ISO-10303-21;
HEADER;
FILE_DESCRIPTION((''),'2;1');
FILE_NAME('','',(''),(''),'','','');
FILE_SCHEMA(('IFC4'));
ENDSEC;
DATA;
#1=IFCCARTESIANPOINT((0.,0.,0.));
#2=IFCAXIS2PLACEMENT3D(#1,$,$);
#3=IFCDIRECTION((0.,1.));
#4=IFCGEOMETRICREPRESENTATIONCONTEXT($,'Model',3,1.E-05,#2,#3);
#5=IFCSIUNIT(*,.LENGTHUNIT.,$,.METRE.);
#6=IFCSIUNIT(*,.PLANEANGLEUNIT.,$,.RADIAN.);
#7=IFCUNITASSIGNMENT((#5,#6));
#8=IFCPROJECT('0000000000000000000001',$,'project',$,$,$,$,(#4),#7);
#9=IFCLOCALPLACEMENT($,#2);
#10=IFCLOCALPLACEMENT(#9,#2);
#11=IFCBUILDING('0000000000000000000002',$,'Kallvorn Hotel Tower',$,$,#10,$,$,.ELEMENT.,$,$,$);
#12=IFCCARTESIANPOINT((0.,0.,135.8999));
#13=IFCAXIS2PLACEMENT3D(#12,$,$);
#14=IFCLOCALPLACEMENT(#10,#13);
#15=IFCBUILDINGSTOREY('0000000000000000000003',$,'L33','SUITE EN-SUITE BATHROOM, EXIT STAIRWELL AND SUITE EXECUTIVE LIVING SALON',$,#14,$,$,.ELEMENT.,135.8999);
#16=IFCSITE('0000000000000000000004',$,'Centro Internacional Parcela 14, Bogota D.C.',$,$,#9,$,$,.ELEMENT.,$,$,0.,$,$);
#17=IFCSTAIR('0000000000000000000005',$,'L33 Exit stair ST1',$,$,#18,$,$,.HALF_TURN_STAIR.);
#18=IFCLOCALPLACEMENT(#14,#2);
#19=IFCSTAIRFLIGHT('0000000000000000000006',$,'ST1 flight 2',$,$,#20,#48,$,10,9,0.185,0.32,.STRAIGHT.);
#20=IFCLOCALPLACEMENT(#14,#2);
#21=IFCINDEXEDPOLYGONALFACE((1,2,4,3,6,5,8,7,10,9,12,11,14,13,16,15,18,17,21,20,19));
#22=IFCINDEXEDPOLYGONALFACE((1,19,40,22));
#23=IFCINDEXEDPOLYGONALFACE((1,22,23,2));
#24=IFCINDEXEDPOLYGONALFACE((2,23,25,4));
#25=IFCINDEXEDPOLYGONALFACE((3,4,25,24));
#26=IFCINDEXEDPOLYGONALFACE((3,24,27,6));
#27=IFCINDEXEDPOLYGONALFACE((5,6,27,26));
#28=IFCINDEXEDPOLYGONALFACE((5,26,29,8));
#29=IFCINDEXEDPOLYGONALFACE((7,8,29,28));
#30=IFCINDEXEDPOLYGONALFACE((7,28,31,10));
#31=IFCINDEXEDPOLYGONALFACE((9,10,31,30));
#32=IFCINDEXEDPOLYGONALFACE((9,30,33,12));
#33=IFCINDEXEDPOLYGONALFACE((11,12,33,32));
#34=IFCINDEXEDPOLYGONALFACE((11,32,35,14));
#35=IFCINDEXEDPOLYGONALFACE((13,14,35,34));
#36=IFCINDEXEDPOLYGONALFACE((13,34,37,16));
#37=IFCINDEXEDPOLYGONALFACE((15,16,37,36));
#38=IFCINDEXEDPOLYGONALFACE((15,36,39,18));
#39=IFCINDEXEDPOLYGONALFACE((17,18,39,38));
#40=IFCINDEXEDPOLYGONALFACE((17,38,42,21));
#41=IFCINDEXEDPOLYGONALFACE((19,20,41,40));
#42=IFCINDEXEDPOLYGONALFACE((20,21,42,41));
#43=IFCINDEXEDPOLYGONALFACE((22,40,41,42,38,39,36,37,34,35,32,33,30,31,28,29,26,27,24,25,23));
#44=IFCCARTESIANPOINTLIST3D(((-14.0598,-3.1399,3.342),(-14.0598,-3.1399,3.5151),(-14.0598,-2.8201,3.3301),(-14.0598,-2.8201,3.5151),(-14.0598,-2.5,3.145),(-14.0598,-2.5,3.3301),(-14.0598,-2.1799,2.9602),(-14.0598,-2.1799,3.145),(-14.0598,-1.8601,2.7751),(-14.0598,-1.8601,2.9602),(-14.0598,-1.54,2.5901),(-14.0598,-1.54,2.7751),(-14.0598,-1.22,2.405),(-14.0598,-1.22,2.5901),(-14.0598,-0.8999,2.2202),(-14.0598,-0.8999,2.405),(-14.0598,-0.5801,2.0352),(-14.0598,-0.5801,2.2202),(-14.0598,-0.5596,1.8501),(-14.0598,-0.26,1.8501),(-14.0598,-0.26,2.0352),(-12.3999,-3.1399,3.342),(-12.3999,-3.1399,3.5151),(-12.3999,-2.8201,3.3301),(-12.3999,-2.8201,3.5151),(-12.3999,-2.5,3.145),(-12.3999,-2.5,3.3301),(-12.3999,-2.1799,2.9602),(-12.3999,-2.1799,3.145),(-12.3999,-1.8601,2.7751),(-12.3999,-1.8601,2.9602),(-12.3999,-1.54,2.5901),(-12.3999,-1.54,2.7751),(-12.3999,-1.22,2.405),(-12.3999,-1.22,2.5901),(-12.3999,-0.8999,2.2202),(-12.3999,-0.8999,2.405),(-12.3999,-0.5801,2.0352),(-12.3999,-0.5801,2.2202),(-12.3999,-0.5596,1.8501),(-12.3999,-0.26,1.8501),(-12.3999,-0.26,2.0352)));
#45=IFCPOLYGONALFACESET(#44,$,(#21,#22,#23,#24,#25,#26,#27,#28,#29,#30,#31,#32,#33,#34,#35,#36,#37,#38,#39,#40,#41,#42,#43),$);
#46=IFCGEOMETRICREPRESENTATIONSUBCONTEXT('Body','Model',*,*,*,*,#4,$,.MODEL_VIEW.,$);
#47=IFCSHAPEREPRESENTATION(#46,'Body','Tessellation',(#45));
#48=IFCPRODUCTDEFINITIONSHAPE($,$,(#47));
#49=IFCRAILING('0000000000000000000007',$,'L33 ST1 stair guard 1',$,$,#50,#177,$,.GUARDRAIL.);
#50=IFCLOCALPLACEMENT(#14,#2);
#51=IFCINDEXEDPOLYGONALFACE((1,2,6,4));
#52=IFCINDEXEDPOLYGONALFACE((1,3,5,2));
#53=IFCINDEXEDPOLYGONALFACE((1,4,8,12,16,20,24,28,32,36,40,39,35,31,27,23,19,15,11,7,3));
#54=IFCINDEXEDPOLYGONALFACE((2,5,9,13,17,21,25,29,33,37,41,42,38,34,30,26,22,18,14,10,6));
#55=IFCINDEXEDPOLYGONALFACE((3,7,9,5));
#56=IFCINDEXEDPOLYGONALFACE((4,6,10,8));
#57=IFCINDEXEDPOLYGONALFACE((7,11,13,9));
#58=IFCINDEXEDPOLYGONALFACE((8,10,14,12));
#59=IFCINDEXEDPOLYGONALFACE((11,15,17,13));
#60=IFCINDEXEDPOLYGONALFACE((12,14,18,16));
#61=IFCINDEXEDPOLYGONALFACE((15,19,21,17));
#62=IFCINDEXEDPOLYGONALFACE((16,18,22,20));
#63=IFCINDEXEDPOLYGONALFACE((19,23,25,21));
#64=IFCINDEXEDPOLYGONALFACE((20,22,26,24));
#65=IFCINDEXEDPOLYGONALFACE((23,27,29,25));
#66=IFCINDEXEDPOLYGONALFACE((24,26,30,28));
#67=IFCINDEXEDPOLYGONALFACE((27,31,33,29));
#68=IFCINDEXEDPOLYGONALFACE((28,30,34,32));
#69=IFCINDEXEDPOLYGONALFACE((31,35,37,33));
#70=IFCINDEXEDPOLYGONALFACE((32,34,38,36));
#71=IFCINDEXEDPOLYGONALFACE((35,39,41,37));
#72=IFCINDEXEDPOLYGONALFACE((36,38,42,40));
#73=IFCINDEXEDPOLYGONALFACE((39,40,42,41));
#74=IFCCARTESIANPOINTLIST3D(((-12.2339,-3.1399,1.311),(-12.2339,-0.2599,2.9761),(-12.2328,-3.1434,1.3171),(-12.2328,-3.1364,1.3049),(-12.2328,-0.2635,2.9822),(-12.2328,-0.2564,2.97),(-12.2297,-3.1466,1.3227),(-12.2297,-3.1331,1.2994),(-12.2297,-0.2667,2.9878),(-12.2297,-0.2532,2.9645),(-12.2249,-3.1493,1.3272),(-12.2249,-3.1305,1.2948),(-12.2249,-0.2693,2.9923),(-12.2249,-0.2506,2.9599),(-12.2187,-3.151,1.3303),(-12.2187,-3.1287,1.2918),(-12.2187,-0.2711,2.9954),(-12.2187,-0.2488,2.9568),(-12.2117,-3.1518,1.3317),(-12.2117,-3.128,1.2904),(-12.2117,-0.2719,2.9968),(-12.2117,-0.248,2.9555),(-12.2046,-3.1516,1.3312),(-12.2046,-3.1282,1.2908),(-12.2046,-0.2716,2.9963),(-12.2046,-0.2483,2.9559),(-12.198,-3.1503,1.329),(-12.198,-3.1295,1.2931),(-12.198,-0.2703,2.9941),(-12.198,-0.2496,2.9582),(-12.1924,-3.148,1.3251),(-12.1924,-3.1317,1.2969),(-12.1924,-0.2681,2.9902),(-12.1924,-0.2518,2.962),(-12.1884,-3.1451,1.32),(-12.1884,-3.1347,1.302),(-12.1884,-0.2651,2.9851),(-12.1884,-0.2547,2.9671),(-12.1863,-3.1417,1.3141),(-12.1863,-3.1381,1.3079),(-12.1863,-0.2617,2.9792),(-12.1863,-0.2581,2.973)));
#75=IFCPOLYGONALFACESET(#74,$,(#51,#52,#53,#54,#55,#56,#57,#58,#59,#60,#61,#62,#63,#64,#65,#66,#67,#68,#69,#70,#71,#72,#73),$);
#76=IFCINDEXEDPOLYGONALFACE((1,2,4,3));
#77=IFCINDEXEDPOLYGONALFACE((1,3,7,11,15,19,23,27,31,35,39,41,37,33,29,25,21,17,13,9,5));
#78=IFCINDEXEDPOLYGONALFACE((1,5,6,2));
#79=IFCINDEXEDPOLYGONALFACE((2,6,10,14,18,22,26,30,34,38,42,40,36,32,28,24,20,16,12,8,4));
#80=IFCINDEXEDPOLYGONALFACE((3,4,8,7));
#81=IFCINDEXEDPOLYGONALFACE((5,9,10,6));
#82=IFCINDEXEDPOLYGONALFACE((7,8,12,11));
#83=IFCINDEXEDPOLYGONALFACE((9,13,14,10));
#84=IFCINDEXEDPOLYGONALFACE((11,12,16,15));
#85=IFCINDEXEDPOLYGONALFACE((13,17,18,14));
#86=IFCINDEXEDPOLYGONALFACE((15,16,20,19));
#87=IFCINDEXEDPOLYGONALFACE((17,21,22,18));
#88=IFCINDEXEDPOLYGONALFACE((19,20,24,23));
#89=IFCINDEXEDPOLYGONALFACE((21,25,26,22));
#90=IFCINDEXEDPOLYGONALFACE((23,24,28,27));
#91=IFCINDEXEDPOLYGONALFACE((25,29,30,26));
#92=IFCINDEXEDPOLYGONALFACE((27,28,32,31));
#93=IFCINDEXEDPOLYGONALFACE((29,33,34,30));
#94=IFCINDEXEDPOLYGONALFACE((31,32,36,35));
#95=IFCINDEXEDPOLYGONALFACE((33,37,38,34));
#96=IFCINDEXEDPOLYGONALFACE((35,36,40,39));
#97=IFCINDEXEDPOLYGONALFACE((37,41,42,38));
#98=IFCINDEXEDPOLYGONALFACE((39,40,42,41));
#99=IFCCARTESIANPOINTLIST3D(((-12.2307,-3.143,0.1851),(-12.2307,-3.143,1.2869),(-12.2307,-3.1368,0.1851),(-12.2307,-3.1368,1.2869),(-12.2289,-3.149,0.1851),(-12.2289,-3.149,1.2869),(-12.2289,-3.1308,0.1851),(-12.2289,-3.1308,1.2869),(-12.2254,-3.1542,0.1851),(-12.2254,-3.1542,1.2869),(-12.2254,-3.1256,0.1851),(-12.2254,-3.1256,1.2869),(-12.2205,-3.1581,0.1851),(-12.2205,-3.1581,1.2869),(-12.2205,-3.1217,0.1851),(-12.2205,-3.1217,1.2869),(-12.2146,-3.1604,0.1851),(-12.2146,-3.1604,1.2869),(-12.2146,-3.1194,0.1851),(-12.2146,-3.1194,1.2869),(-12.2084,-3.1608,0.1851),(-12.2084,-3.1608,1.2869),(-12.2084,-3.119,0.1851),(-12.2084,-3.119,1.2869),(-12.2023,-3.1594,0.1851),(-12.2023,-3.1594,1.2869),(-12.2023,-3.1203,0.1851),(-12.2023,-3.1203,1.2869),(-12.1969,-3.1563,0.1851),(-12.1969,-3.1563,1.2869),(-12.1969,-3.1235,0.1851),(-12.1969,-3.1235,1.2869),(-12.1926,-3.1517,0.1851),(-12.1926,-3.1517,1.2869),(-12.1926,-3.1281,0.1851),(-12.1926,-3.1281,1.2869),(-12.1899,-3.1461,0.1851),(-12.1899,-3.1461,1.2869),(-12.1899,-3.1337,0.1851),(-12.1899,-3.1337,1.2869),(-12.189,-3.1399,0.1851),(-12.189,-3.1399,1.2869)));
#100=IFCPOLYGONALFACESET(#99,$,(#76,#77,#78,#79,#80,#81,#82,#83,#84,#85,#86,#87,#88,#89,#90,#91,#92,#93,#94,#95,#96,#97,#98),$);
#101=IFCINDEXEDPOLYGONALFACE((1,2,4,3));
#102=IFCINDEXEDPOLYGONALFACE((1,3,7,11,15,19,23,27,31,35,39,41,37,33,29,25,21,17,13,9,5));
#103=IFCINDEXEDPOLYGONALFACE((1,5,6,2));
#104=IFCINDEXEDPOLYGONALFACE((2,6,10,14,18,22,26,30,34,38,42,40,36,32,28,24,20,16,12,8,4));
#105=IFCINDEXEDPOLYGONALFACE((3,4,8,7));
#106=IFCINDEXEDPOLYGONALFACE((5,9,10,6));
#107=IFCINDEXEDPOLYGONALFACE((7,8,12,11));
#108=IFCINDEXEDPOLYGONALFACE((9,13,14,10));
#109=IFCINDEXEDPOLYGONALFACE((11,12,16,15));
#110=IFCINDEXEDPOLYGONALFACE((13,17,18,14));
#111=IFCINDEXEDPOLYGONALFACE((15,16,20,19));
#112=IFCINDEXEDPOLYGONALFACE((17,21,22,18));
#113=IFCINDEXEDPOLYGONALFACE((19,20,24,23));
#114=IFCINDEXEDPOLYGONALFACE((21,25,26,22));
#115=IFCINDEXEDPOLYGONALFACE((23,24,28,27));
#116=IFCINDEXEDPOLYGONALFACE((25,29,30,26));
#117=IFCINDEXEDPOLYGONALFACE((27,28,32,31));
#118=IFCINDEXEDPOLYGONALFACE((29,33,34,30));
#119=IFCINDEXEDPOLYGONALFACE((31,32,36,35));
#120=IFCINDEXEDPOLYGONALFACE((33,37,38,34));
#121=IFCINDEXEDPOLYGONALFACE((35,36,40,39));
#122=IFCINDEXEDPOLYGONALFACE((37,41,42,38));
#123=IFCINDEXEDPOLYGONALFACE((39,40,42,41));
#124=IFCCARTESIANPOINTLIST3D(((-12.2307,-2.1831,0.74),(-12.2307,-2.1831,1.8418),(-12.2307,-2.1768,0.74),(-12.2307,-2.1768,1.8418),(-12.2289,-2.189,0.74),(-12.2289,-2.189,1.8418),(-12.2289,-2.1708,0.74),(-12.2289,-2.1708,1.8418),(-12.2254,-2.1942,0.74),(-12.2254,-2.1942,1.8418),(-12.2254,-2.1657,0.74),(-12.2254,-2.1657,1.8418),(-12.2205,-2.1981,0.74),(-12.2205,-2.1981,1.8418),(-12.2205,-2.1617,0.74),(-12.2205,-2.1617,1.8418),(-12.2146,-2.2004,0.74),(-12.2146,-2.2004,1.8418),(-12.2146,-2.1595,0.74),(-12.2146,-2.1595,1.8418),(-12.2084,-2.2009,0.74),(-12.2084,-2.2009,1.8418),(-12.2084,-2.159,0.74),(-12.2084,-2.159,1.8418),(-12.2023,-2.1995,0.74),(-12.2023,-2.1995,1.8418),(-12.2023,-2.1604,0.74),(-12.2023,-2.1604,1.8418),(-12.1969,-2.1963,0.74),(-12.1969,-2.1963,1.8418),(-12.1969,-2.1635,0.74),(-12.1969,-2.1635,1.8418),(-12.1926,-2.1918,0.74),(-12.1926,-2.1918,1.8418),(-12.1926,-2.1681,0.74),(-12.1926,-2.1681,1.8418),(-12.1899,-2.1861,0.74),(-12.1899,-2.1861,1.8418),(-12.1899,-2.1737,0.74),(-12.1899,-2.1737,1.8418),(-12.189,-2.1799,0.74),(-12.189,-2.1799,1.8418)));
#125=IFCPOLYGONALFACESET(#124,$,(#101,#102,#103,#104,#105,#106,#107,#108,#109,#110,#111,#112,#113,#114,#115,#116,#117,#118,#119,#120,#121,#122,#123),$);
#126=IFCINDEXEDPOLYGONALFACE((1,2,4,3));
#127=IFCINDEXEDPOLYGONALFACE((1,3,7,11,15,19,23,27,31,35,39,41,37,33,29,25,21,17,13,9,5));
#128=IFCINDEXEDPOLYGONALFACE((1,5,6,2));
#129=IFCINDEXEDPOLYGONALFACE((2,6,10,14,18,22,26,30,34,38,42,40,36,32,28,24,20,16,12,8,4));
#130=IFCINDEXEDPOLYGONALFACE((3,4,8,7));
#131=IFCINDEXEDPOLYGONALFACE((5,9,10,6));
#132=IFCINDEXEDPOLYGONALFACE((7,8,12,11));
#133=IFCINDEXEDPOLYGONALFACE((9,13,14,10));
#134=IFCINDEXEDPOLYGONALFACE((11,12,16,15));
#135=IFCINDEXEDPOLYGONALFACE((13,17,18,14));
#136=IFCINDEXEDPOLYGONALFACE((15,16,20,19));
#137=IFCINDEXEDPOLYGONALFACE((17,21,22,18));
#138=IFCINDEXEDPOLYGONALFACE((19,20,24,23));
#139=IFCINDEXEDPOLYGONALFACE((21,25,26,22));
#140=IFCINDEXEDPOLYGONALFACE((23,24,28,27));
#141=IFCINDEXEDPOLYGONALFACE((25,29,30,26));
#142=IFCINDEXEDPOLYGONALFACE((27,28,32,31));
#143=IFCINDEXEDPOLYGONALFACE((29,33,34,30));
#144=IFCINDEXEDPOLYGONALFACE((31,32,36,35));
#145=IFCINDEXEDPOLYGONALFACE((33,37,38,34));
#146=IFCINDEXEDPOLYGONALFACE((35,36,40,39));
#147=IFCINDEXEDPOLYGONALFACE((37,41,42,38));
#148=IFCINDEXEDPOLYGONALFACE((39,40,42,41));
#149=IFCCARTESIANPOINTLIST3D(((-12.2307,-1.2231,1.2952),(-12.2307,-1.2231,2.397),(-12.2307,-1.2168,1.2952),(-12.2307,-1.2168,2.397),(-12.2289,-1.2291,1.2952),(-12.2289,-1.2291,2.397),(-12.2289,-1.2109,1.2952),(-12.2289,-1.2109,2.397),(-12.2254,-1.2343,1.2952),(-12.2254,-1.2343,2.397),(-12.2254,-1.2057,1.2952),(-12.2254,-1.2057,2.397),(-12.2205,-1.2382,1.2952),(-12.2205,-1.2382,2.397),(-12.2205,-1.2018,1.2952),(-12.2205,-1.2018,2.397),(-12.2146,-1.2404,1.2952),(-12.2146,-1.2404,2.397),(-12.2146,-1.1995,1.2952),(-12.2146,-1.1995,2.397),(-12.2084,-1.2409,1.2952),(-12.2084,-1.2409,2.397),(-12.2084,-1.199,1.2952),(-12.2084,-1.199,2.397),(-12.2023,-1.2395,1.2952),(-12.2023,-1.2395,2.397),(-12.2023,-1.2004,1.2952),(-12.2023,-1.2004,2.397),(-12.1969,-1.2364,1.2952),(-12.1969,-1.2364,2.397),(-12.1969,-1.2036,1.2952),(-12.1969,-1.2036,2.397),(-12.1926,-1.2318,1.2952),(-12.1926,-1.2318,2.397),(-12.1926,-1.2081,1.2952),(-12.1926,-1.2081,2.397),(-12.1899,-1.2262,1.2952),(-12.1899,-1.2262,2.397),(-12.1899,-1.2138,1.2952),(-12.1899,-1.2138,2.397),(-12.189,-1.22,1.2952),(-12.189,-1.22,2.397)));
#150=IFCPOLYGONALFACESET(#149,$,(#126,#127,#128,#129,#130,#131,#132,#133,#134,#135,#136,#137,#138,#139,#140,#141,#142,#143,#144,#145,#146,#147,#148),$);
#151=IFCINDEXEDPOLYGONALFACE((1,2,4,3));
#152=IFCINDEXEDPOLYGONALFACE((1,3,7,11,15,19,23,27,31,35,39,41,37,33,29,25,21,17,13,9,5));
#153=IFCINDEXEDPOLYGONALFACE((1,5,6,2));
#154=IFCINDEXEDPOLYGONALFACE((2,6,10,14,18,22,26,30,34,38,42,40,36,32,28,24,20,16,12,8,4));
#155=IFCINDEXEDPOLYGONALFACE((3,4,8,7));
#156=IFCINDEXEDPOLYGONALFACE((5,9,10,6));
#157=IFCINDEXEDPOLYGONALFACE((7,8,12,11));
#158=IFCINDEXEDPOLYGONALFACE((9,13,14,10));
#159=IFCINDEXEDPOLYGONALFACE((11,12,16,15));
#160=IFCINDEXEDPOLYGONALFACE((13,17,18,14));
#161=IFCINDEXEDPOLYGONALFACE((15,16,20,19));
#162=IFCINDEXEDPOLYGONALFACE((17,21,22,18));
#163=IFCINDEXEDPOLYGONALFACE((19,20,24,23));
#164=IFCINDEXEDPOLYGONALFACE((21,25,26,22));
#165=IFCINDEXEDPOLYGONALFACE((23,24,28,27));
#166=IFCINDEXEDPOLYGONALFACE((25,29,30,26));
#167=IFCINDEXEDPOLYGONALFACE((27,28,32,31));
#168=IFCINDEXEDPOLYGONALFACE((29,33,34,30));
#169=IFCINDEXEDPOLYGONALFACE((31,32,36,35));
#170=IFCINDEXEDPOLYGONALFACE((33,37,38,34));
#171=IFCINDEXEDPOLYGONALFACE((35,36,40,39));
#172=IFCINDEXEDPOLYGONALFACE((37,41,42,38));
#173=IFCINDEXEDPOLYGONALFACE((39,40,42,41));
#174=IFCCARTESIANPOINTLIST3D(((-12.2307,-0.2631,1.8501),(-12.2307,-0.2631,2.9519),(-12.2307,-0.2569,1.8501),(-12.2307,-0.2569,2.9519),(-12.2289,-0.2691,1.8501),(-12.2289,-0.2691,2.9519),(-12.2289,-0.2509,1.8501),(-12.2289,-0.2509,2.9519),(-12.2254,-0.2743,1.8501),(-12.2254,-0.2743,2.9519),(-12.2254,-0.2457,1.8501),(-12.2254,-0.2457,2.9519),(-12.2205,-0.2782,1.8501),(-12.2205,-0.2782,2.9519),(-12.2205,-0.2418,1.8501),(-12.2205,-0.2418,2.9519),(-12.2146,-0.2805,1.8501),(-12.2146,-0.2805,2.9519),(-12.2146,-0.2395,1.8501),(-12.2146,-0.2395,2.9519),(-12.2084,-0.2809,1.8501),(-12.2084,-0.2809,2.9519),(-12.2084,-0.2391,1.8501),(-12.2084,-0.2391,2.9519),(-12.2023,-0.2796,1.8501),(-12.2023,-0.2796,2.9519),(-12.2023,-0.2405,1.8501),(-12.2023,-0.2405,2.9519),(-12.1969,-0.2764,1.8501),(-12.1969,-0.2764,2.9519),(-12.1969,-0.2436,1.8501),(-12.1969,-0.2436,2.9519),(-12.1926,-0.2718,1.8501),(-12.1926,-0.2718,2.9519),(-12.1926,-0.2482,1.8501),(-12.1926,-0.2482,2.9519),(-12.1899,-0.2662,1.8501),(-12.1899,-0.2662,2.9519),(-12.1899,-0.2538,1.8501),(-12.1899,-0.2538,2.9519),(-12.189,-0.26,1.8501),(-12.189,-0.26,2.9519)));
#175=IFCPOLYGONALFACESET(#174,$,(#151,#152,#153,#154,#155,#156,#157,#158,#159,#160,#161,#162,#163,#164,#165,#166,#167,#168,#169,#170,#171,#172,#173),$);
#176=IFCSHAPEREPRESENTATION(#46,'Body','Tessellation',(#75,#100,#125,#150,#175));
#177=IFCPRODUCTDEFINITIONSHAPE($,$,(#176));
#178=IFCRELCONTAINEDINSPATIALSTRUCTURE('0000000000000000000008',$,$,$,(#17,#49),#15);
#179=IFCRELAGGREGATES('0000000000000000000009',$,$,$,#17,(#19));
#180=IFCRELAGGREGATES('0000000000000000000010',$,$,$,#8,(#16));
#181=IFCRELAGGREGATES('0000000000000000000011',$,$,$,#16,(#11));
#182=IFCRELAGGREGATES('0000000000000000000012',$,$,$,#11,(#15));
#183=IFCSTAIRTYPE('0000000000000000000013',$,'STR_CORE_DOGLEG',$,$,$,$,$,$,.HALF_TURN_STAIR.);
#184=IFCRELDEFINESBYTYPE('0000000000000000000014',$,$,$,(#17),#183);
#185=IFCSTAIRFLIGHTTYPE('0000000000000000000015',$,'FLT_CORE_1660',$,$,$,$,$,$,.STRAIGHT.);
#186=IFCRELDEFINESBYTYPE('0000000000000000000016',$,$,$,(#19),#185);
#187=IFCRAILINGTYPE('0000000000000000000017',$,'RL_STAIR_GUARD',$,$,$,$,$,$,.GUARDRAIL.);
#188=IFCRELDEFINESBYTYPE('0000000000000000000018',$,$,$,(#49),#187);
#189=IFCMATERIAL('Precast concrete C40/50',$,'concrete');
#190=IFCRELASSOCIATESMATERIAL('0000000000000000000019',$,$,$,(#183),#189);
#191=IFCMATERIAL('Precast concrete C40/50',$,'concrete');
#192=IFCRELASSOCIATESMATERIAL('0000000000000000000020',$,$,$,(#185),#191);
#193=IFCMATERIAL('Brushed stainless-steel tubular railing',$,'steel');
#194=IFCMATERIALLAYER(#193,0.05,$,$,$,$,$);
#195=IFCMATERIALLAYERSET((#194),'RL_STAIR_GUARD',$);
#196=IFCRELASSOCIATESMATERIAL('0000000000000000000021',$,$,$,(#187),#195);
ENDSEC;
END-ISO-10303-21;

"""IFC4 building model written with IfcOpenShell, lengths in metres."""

from ifc_helpers import new_model, si_unit, direction, frame, origin, origin_2d, place, context, subcontext, project, spatial, polyline, circle, outline, extrude, material, layer, layer_set, type_object, element, aggregate, save


model = new_model("IFC4")

# Units and contexts
model_context = context("Model", 3, precision=1e-05, world=origin(), true_north=direction((0.0, 1.0)))
body_context = subcontext(model_context, "Body", "Model", "MODEL_VIEW")
ifc_project = project(units=[si_unit("LENGTHUNIT", "METRE"), si_unit("PLANEANGLEUNIT", "RADIAN")], contexts=[model_context])

# Site, building, storey
site_placement = place(None, origin())
site = spatial("IfcSite", under=ifc_project, at=site_placement, Name="Centro Internacional Parcela 14, Bogota D.C.", CompositionType="ELEMENT", RefElevation=0.0)
building_placement = place(site_placement, origin())
building = spatial("IfcBuilding", under=site, at=building_placement, Name="Kallvorn Hotel Tower", CompositionType="ELEMENT")
storey_placement = place(building_placement, frame((0.0, 0.0, 135.8999)))
storey = spatial("IfcBuildingStorey", under=building, at=storey_placement, Name="L33", Description="SUITE EN-SUITE BATHROOM, EXIT STAIRWELL AND SUITE EXECUTIVE LIVING SALON", CompositionType="ELEMENT", Elevation=135.8999)

# Stair, stair flight
ifc_material_1 = material(Name="Precast concrete C40/50", Category="concrete")
stair_type = type_object("IfcStairType", Name="STR_CORE_DOGLEG", PredefinedType="HALF_TURN_STAIR", material=ifc_material_1)
stair_placement = place(storey_placement, origin())
stair = element("IfcStair", 1, at=stair_placement, inside=storey, type_object=stair_type, Name="L33 Exit stair ST1", PredefinedType="HALF_TURN_STAIR")
ifc_material_2 = material(Name="Precast concrete C40/50", Category="concrete")
stair_flight_type = type_object("IfcStairFlightType", Name="FLT_CORE_1660", PredefinedType="STRAIGHT", material=ifc_material_2)
stair_flight_1_placement = place(storey_placement, frame((-13.23, -0.26, 1.8501), z_axis=(0.0, 0.0, 1.0), x_axis=(0.0, -1.0, 0.0)))
stair_flight_1 = element("IfcStairFlight", 2, at=stair_flight_1_placement, type_object=stair_flight_type, Name="ST1 flight 2", NumberOfRisers=10, NumberOfTreads=9, PredefinedType="STRAIGHT", RiserHeight=0.185, TreadLength=0.32, context=body_context, shape_type="SweptSolid", body=[
    extrude(outline(polyline([(0.0, 0.0), (0.0, 0.1851), (0.3201, 0.1851), (0.3201, 0.3701), (0.6399, 0.3701), (0.6399, 0.5549), (0.96, 0.5549), (0.96, 0.74), (1.28, 0.74), (1.28, 0.925), (1.6001, 0.925), (1.6001, 1.1101), (1.9199, 1.1101), (1.9199, 1.2949), (2.24, 1.2949), (2.24, 1.48), (2.5601, 1.48), (2.5601, 1.665), (2.8799, 1.665), (2.8799, 1.8501), (2.8799, 1.4919), (0.2996, 0.0), (0.0, 0.0)])), frame((0.0, 0.8301, 0.0), z_axis=(0.0, -1.0, 0.0), x_axis=(1.0, 0.0, 0.0)), (0.0, 0.0, 1.0), 1.6599),
])
aggregate(stair, [stair_flight_1])

# Railing
ifc_material_3 = material(Name="Brushed stainless-steel tubular railing", Category="steel")
ifc_layer_1 = layer(ifc_material_3, 0.05)
ifc_layer_set_1 = layer_set([ifc_layer_1], Name="RL_STAIR_GUARD")
railing_type_1 = type_object("IfcRailingType", Name="RL_STAIR_GUARD", PredefinedType="GUARDRAIL", material=ifc_layer_set_1)
railing_1_placement = place(storey_placement, frame((-12.21, -3.1399, 0.1851)))
element("IfcRailing", 3, at=railing_1_placement, inside=storey, type_object=railing_type_1, Name="L33 ST1 stair guard 1", PredefinedType="GUARDRAIL", context=body_context, shape_type="SweptSolid", body=[
    extrude(circle(Radius=0.0239, at=origin_2d()), frame((0.0, 0.0, 1.126), z_axis=(0.0, 0.865721, 0.500527), x_axis=(-1.0, 0.0, 0.0)), (0.0, 0.0, 1.0), 3.3267),
    extrude(circle(Radius=0.021, at=origin_2d()), origin(), (0.0, 0.0, 1.0), 1.1018),
    extrude(circle(Radius=0.021, at=origin_2d()), frame((0.0, 0.96, 0.5549)), (0.0, 0.0, 1.0), 1.1018),
    extrude(circle(Radius=0.021, at=origin_2d()), frame((0.0, 1.9199, 1.1101)), (0.0, 0.0, 1.0), 1.1018),
    extrude(circle(Radius=0.021, at=origin_2d()), frame((0.0, 2.8799, 1.665)), (0.0, 0.0, 1.0), 1.1018),
])

save(model, "model.ifc")
